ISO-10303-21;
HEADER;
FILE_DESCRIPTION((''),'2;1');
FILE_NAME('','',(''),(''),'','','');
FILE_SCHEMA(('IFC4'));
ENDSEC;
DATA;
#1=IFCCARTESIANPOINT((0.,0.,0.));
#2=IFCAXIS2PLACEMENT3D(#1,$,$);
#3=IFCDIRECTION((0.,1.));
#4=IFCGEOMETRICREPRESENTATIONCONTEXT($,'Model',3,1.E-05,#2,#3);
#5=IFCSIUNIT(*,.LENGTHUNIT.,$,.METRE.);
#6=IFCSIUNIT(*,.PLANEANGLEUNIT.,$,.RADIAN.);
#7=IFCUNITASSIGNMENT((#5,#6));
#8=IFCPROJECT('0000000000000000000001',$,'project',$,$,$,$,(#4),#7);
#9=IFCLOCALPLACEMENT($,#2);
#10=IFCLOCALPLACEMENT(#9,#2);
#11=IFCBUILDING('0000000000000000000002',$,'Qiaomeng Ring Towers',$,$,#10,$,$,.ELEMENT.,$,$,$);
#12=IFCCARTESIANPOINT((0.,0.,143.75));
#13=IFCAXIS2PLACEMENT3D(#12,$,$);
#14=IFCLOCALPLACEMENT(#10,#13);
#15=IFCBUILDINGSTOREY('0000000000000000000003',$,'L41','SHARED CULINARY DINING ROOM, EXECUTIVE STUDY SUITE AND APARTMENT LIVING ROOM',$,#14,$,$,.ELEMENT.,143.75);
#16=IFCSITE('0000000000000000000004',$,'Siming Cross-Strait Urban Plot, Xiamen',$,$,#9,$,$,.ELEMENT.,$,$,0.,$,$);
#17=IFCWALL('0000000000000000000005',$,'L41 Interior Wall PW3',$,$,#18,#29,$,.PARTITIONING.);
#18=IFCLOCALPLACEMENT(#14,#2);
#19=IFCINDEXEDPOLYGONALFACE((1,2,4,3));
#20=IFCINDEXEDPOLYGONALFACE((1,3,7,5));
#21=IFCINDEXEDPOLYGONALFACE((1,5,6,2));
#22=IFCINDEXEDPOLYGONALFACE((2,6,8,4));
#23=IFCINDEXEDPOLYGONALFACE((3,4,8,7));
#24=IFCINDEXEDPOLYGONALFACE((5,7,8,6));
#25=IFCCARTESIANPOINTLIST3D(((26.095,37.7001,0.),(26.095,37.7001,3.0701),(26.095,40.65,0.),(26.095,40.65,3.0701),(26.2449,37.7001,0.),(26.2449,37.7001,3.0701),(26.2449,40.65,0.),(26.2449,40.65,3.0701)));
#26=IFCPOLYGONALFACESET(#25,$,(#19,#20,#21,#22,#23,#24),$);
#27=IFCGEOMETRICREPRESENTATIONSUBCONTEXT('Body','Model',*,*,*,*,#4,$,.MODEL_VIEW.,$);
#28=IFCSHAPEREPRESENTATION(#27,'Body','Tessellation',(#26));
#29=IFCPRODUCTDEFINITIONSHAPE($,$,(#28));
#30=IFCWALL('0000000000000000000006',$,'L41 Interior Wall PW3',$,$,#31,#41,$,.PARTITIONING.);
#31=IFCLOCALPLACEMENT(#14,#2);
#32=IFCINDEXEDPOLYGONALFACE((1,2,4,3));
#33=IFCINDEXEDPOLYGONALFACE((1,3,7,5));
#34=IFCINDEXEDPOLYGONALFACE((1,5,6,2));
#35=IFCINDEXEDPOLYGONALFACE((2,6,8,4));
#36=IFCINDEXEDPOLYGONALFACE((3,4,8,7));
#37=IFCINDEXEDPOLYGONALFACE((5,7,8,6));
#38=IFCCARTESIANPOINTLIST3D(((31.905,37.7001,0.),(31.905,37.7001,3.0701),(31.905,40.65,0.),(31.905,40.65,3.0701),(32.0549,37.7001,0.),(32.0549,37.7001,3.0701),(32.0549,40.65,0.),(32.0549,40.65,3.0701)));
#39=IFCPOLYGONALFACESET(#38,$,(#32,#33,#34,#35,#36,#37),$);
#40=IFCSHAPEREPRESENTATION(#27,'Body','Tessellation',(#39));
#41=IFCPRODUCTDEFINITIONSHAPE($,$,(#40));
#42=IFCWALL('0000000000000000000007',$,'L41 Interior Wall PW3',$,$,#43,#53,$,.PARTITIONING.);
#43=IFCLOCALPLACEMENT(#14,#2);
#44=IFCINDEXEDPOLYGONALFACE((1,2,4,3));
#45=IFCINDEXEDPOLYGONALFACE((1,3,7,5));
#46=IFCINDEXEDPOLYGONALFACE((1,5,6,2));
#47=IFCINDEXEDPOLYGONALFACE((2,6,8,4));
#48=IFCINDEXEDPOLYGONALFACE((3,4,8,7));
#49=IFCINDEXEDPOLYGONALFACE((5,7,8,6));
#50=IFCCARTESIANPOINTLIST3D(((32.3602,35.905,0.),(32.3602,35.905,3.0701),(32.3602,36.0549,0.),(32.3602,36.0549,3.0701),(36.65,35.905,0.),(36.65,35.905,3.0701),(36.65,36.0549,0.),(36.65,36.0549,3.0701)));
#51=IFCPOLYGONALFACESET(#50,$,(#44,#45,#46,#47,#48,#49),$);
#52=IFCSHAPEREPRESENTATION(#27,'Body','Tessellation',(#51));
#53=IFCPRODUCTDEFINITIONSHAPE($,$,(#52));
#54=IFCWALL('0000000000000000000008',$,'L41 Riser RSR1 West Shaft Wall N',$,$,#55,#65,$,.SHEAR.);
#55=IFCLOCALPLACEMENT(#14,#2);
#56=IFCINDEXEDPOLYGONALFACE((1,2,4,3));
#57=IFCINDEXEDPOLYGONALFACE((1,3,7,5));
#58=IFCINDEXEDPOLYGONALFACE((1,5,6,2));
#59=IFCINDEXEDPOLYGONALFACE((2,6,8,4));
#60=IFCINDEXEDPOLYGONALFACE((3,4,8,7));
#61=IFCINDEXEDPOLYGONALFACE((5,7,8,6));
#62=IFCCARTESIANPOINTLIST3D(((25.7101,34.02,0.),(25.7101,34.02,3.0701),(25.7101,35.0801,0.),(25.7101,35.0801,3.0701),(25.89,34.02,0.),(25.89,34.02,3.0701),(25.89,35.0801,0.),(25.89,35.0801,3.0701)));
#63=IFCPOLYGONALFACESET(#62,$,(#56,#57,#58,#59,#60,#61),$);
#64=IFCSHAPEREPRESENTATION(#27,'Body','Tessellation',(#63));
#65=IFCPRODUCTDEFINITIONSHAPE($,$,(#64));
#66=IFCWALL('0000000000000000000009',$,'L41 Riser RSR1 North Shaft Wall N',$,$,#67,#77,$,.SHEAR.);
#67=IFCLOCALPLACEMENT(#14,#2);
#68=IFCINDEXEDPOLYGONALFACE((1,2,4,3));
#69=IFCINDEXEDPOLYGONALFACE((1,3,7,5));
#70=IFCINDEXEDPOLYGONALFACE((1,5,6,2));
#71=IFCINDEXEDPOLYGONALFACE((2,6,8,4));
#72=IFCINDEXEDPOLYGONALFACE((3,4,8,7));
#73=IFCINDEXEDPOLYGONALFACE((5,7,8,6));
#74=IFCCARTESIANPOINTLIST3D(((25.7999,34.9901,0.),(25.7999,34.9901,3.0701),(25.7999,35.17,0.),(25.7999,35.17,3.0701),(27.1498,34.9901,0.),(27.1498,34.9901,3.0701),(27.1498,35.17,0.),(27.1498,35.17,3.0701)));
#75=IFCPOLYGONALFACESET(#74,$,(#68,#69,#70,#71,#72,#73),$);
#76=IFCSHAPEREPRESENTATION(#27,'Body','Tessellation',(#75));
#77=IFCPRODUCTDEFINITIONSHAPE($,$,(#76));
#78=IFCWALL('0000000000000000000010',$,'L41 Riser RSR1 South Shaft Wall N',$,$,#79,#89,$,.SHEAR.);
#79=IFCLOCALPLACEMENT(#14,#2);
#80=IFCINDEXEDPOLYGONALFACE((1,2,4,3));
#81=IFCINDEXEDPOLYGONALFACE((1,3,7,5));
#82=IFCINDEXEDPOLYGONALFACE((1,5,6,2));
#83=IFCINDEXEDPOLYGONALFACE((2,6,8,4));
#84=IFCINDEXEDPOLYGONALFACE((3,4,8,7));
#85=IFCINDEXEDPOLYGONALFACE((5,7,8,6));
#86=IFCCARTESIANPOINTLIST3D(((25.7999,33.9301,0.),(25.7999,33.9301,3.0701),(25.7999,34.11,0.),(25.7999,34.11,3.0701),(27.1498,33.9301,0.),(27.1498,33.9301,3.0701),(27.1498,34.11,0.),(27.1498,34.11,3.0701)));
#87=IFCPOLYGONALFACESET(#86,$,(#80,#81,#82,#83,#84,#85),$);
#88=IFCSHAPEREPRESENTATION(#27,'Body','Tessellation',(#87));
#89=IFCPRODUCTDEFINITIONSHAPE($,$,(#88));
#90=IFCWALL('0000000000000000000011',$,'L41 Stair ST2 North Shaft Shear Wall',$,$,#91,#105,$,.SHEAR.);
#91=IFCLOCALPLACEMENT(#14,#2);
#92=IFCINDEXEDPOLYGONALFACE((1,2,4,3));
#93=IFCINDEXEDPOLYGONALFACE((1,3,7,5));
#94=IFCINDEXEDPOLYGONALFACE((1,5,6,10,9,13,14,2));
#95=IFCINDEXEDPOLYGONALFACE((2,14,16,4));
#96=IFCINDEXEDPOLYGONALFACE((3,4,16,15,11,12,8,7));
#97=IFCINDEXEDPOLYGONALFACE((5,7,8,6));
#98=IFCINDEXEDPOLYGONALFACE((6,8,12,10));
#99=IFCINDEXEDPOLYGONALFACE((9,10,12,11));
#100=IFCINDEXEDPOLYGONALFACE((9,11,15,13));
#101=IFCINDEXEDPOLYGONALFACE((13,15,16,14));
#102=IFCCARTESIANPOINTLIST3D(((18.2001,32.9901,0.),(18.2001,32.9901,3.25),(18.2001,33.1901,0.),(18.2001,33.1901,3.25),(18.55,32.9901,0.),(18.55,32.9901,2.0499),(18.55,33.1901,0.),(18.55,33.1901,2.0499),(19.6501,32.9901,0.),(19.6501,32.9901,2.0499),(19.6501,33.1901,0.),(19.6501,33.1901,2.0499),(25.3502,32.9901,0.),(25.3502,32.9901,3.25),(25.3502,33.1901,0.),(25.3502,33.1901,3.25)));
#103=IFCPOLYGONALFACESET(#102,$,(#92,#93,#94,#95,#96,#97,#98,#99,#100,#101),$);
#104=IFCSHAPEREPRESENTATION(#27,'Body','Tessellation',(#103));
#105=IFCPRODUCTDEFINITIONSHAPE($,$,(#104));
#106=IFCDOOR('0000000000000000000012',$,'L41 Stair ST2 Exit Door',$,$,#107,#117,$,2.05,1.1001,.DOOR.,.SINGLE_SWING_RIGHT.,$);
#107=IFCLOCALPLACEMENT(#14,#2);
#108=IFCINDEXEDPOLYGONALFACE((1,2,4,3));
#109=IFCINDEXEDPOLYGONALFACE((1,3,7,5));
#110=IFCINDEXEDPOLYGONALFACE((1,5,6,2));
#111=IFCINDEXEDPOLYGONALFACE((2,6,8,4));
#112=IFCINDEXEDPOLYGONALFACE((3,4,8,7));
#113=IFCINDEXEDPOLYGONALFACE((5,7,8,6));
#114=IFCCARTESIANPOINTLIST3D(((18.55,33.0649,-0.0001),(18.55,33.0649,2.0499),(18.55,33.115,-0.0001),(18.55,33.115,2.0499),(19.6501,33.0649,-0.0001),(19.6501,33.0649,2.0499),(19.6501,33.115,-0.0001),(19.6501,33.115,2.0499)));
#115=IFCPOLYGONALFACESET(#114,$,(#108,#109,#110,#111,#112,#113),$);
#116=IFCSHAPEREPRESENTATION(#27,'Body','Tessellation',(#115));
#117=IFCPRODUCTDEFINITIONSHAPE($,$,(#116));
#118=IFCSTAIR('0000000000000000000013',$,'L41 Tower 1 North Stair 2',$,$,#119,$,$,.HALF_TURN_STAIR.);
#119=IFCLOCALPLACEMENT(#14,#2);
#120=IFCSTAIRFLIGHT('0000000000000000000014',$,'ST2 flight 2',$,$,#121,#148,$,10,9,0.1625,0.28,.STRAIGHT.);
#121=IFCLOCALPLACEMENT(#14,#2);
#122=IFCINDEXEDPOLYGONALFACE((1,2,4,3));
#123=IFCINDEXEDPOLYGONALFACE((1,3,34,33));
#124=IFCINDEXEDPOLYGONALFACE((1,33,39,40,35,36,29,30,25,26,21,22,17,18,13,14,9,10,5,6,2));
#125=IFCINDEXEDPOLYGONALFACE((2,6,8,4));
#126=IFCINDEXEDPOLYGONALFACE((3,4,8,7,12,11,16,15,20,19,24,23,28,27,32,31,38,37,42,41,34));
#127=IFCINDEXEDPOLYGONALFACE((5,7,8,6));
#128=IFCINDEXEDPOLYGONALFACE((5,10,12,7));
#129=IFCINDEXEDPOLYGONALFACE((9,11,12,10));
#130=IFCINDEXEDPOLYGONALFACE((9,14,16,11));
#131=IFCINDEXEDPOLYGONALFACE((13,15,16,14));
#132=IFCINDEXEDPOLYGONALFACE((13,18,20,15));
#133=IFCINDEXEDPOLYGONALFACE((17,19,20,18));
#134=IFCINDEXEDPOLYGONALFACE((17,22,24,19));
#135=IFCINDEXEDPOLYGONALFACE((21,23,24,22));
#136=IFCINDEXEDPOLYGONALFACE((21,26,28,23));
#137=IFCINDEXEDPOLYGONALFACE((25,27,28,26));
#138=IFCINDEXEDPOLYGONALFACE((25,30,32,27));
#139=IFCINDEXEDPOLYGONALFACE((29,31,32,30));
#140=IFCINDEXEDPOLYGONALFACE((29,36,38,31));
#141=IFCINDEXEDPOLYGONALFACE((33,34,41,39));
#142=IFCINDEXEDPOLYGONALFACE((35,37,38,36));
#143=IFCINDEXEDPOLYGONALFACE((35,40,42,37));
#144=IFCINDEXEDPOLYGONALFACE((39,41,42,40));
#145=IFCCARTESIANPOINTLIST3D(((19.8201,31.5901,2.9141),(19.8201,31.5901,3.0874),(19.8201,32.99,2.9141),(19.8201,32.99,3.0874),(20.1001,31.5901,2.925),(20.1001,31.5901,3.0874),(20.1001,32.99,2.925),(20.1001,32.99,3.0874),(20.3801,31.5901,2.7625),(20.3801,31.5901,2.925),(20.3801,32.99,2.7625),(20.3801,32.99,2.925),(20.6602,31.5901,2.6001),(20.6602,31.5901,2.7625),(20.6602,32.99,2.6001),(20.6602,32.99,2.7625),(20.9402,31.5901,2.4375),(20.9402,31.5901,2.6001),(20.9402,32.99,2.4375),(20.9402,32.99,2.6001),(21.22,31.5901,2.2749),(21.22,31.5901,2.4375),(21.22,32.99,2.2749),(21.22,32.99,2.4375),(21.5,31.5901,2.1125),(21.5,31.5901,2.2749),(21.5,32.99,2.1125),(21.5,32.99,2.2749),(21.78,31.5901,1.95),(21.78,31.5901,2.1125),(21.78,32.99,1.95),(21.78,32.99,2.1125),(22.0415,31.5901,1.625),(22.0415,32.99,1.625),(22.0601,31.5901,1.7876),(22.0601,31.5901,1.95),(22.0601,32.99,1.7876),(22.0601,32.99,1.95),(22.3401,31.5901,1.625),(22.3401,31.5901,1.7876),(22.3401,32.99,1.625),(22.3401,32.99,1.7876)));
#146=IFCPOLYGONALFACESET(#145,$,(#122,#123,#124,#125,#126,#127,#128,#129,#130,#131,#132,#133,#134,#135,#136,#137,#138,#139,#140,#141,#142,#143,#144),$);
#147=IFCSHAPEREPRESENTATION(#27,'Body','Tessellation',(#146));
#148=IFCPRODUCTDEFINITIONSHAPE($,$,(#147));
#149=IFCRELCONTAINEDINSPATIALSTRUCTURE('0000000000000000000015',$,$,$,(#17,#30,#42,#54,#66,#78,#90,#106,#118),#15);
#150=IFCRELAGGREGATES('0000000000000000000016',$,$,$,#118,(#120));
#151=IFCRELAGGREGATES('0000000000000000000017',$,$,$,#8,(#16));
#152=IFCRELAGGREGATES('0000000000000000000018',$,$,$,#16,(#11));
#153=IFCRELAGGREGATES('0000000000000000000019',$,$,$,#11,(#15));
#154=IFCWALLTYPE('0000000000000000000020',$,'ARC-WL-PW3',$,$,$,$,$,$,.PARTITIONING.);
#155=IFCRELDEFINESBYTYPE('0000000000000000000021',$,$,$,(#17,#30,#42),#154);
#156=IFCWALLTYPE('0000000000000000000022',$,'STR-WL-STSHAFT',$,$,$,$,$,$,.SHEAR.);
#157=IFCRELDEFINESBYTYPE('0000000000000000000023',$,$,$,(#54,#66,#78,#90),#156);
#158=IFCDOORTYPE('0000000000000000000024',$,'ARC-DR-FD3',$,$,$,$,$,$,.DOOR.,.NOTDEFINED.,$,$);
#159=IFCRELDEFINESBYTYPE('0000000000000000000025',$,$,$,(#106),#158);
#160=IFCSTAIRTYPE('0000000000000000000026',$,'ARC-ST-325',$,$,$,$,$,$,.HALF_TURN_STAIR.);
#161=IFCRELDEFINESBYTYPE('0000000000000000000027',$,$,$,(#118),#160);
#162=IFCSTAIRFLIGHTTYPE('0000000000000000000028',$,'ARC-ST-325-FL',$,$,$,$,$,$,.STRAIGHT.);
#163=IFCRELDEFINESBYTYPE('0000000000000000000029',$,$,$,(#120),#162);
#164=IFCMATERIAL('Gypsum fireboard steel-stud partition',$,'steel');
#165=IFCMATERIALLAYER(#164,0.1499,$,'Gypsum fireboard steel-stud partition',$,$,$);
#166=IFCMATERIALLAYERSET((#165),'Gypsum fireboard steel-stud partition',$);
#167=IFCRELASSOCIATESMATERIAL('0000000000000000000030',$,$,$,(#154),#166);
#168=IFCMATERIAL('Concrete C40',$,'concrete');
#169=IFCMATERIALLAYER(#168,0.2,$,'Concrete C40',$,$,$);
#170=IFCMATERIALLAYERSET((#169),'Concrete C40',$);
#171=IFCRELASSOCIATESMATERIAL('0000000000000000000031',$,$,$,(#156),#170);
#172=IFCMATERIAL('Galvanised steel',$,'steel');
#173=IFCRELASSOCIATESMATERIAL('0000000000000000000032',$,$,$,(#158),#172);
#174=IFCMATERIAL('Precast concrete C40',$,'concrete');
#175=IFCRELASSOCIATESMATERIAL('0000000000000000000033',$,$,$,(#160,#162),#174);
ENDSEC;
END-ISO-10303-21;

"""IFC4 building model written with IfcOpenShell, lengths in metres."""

from ifc_helpers import new_model, si_unit, direction, frame, frame_2d, origin, place, context, subcontext, project, spatial, polyline, rectangle, outline, extrude, source, transform, mapped, material, layer, layer_set, type_object, element, fill, aggregate, save


model = new_model("IFC4")

# Units and contexts
model_context = context("Model", 3, precision=1e-05, world=origin(), true_north=direction((0.0, 1.0)))
body_context = subcontext(model_context, "Body", "Model", "MODEL_VIEW")
ifc_project = project(units=[si_unit("LENGTHUNIT", "METRE"), si_unit("PLANEANGLEUNIT", "RADIAN")], contexts=[model_context])

# Site, building, storey
site_placement = place(None, origin())
site = spatial("IfcSite", under=ifc_project, at=site_placement, Name="Siming Cross-Strait Urban Plot, Xiamen", CompositionType="ELEMENT", RefElevation=0.0)
building_placement = place(site_placement, origin())
building = spatial("IfcBuilding", under=site, at=building_placement, Name="Qiaomeng Ring Towers", CompositionType="ELEMENT")
storey_placement = place(building_placement, frame((0.0, 0.0, 143.75)))
storey = spatial("IfcBuildingStorey", under=building, at=storey_placement, Name="L41", Description="SHARED CULINARY DINING ROOM, EXECUTIVE STUDY SUITE AND APARTMENT LIVING ROOM", CompositionType="ELEMENT", Elevation=143.75)

# Walls
ifc_material_1 = material(Name="Gypsum fireboard steel-stud partition", Category="steel")
ifc_layer_1 = layer(ifc_material_1, 0.1499, Name="Gypsum fireboard steel-stud partition")
ifc_layer_set_1 = layer_set([ifc_layer_1], Name="Gypsum fireboard steel-stud partition")
wall_type_1 = type_object("IfcWallType", Name="ARC-WL-PW3", PredefinedType="PARTITIONING", material=ifc_layer_set_1)
for number, where, z_axis, x_axis, name in (
    (1, (26.1699, 37.7, 0.0), (0.0, 0.0, 1.0), (0.0, 1.0, 0.0), "L41 Interior Wall PW3"),
    (2, (31.98, 37.7, 0.0), (0.0, 0.0, 1.0), (0.0, 1.0, 0.0), "L41 Interior Wall PW3"),
):
    element("IfcWall", number, at=place(storey_placement, frame(where, z_axis=z_axis, x_axis=x_axis)), inside=storey, type_object=wall_type_1, Name=name, PredefinedType="PARTITIONING", context=body_context, shape_type="SweptSolid", body=[
        extrude(rectangle(XDim=2.95, YDim=0.1499, at=frame_2d((1.4751, 0.0))), origin(), (0.0, 0.0, 1.0), 3.0701),
    ])
wall_1_placement = place(storey_placement, frame((32.3601, 35.98, 0.0), z_axis=(0.0, 0.0, 1.0), x_axis=(1.0, 0.0, 0.0)))
element("IfcWall", 3, at=wall_1_placement, inside=storey, type_object=wall_type_1, Name="L41 Interior Wall PW3", PredefinedType="PARTITIONING", context=body_context, shape_type="SweptSolid", body=[
    extrude(rectangle(XDim=4.2898, YDim=0.1499, at=frame_2d((2.145, 0.0))), origin(), (0.0, 0.0, 1.0), 3.0701),
])
ifc_material_2 = material(Name="Concrete C40", Category="concrete")
ifc_layer_2 = layer(ifc_material_2, 0.2, Name="Concrete C40")
ifc_layer_set_2 = layer_set([ifc_layer_2], Name="Concrete C40")
wall_type_2 = type_object("IfcWallType", Name="STR-WL-STSHAFT", PredefinedType="SHEAR", material=ifc_layer_set_2)
wall_2_placement = place(storey_placement, frame((25.8, 34.02, 0.0), z_axis=(0.0, 0.0, 1.0), x_axis=(0.0, 1.0, 0.0)))
element("IfcWall", 4, at=wall_2_placement, inside=storey, type_object=wall_type_2, Name="L41 Riser RSR1 West Shaft Wall N", PredefinedType="SHEAR", context=body_context, shape_type="SweptSolid", body=[
    extrude(rectangle(XDim=1.0601, YDim=0.1799, at=frame_2d((0.53, 0.0))), origin(), (0.0, 0.0, 1.0), 3.0701),
])
for number, where, z_axis, x_axis, name in (
    (5, (25.8, 35.0801, 0.0), (0.0, 0.0, 1.0), (1.0, 0.0, 0.0), "L41 Riser RSR1 North Shaft Wall N"),
    (6, (25.8, 34.02, 0.0), (0.0, 0.0, 1.0), (1.0, 0.0, 0.0), "L41 Riser RSR1 South Shaft Wall N"),
):
    element("IfcWall", number, at=place(storey_placement, frame(where, z_axis=z_axis, x_axis=x_axis)), inside=storey, type_object=wall_type_2, Name=name, PredefinedType="SHEAR", context=body_context, shape_type="SweptSolid", body=[
        extrude(rectangle(XDim=1.3499, YDim=0.1799, at=frame_2d((0.6748, 0.0))), origin(), (0.0, 0.0, 1.0), 3.0701),
    ])

# Wall, opening, door
wall_3_placement = place(storey_placement, frame((18.2, 33.0901, 0.0), z_axis=(0.0, 0.0, 1.0), x_axis=(1.0, 0.0, 0.0)))
wall_3 = element("IfcWall", 7, at=wall_3_placement, inside=storey, type_object=wall_type_2, Name="L41 Stair ST2 North Shaft Shear Wall", PredefinedType="SHEAR", context=body_context, shape_type="SweptSolid", body=[
    extrude(rectangle(XDim=7.1501, YDim=0.2, at=frame_2d((3.5752, 0.0))), origin(), (0.0, 0.0, 1.0), 3.25),
])
opening_placement = place(wall_3_placement, frame((0.3501, 0.0, 0.0)))
opening = element("IfcOpeningElement", 8, at=opening_placement, cuts=wall_3, PredefinedType="OPENING", context=body_context, shape_type="SweptSolid", body=[
    extrude(rectangle(XDim=1.1001, YDim=2.05, at=frame_2d((0.55, 1.0249))), frame((0.0, 0.1099, 0.0), z_axis=(0.0, -1.0, 0.0), x_axis=(1.0, 0.0, 0.0)), (0.0, 0.0, 1.0), 0.22),
])
ifc_material_3 = material(Name="Galvanised steel", Category="steel")
door_type = type_object("IfcDoorType", Name="ARC-DR-FD3", OperationType="NOTDEFINED", PredefinedType="DOOR", material=ifc_material_3)
shared_shape_1 = source(origin(), body_context, "Body", "SweptSolid", [
    extrude(rectangle(XDim=1.1001, YDim=2.05, at=frame_2d((0.55, 1.0249))), frame((0.0, 0.0249, 0.0), z_axis=(0.0, -1.0, 0.0), x_axis=(1.0, 0.0, 0.0)), (0.0, 0.0, 1.0), 0.05),
])
door_placement = place(opening_placement, origin())
door = element("IfcDoor", 9, at=door_placement, inside=storey, type_object=door_type, Name="L41 Stair ST2 Exit Door", OperationType="SINGLE_SWING_RIGHT", OverallHeight=2.05, OverallWidth=1.1001, PredefinedType="DOOR", context=body_context, shape_type="MappedRepresentation", body=[
    mapped(shared_shape_1, transform((0.0, 0.0, 0.0), x_axis=(1.0, 0.0, 0.0), y_axis=(0.0, 1.0, 0.0), z_axis=(0.0, 0.0, 1.0), scale=1.0)),
])
fill(opening, door)

# Stair, stair flight
ifc_material_4 = material(Name="Precast concrete C40", Category="concrete")
stair_type = type_object("IfcStairType", Name="ARC-ST-325", PredefinedType="HALF_TURN_STAIR", material=ifc_material_4)
stair_placement = place(storey_placement, origin())
stair = element("IfcStair", 10, at=stair_placement, inside=storey, type_object=stair_type, Name="L41 Tower 1 North Stair 2", PredefinedType="HALF_TURN_STAIR")
stair_flight_type = type_object("IfcStairFlightType", Name="ARC-ST-325-FL", PredefinedType="STRAIGHT", material=ifc_material_4)
shared_shape_2 = source(origin(), body_context, "Body", "SweptSolid", [
    extrude(outline(polyline([(0.0, 0.0), (0.0, 0.1626), (0.28, 0.1626), (0.28, 0.325), (0.5601, 0.325), (0.5601, 0.4875), (0.8401, 0.4875), (0.8401, 0.6499), (1.1201, 0.6499), (1.1201, 0.8125), (1.3999, 0.8125), (1.3999, 0.9751), (1.6799, 0.9751), (1.6799, 1.1375), (1.96, 1.1375), (1.96, 1.3), (2.24, 1.3), (2.24, 1.4624), (2.52, 1.4624), (2.52, 1.625), (2.52, 1.2891), (0.2986, 0.0), (0.0, 0.0)])), frame((0.0, 0.7, 0.0), z_axis=(0.0, -1.0, 0.0), x_axis=(1.0, 0.0, 0.0)), (0.0, 0.0, 1.0), 1.3999),
])
stair_flight_placement = place(storey_placement, frame((22.3401, 32.29, 1.625), z_axis=(0.0, 0.0, 1.0), x_axis=(-1.0, 0.0, 0.0)))
stair_flight = element("IfcStairFlight", 11, at=stair_flight_placement, type_object=stair_flight_type, Name="ST2 flight 2", NumberOfRisers=10, NumberOfTreads=9, PredefinedType="STRAIGHT", RiserHeight=0.1625, TreadLength=0.28, context=body_context, shape_type="MappedRepresentation", body=[
    mapped(shared_shape_2, transform((0.0, 0.0, 0.0), x_axis=(1.0, 0.0, 0.0), y_axis=(0.0, 1.0, 0.0), z_axis=(0.0, 0.0, 1.0), scale=1.0)),
])
aggregate(stair, [stair_flight])

save(model, "model.ifc")
